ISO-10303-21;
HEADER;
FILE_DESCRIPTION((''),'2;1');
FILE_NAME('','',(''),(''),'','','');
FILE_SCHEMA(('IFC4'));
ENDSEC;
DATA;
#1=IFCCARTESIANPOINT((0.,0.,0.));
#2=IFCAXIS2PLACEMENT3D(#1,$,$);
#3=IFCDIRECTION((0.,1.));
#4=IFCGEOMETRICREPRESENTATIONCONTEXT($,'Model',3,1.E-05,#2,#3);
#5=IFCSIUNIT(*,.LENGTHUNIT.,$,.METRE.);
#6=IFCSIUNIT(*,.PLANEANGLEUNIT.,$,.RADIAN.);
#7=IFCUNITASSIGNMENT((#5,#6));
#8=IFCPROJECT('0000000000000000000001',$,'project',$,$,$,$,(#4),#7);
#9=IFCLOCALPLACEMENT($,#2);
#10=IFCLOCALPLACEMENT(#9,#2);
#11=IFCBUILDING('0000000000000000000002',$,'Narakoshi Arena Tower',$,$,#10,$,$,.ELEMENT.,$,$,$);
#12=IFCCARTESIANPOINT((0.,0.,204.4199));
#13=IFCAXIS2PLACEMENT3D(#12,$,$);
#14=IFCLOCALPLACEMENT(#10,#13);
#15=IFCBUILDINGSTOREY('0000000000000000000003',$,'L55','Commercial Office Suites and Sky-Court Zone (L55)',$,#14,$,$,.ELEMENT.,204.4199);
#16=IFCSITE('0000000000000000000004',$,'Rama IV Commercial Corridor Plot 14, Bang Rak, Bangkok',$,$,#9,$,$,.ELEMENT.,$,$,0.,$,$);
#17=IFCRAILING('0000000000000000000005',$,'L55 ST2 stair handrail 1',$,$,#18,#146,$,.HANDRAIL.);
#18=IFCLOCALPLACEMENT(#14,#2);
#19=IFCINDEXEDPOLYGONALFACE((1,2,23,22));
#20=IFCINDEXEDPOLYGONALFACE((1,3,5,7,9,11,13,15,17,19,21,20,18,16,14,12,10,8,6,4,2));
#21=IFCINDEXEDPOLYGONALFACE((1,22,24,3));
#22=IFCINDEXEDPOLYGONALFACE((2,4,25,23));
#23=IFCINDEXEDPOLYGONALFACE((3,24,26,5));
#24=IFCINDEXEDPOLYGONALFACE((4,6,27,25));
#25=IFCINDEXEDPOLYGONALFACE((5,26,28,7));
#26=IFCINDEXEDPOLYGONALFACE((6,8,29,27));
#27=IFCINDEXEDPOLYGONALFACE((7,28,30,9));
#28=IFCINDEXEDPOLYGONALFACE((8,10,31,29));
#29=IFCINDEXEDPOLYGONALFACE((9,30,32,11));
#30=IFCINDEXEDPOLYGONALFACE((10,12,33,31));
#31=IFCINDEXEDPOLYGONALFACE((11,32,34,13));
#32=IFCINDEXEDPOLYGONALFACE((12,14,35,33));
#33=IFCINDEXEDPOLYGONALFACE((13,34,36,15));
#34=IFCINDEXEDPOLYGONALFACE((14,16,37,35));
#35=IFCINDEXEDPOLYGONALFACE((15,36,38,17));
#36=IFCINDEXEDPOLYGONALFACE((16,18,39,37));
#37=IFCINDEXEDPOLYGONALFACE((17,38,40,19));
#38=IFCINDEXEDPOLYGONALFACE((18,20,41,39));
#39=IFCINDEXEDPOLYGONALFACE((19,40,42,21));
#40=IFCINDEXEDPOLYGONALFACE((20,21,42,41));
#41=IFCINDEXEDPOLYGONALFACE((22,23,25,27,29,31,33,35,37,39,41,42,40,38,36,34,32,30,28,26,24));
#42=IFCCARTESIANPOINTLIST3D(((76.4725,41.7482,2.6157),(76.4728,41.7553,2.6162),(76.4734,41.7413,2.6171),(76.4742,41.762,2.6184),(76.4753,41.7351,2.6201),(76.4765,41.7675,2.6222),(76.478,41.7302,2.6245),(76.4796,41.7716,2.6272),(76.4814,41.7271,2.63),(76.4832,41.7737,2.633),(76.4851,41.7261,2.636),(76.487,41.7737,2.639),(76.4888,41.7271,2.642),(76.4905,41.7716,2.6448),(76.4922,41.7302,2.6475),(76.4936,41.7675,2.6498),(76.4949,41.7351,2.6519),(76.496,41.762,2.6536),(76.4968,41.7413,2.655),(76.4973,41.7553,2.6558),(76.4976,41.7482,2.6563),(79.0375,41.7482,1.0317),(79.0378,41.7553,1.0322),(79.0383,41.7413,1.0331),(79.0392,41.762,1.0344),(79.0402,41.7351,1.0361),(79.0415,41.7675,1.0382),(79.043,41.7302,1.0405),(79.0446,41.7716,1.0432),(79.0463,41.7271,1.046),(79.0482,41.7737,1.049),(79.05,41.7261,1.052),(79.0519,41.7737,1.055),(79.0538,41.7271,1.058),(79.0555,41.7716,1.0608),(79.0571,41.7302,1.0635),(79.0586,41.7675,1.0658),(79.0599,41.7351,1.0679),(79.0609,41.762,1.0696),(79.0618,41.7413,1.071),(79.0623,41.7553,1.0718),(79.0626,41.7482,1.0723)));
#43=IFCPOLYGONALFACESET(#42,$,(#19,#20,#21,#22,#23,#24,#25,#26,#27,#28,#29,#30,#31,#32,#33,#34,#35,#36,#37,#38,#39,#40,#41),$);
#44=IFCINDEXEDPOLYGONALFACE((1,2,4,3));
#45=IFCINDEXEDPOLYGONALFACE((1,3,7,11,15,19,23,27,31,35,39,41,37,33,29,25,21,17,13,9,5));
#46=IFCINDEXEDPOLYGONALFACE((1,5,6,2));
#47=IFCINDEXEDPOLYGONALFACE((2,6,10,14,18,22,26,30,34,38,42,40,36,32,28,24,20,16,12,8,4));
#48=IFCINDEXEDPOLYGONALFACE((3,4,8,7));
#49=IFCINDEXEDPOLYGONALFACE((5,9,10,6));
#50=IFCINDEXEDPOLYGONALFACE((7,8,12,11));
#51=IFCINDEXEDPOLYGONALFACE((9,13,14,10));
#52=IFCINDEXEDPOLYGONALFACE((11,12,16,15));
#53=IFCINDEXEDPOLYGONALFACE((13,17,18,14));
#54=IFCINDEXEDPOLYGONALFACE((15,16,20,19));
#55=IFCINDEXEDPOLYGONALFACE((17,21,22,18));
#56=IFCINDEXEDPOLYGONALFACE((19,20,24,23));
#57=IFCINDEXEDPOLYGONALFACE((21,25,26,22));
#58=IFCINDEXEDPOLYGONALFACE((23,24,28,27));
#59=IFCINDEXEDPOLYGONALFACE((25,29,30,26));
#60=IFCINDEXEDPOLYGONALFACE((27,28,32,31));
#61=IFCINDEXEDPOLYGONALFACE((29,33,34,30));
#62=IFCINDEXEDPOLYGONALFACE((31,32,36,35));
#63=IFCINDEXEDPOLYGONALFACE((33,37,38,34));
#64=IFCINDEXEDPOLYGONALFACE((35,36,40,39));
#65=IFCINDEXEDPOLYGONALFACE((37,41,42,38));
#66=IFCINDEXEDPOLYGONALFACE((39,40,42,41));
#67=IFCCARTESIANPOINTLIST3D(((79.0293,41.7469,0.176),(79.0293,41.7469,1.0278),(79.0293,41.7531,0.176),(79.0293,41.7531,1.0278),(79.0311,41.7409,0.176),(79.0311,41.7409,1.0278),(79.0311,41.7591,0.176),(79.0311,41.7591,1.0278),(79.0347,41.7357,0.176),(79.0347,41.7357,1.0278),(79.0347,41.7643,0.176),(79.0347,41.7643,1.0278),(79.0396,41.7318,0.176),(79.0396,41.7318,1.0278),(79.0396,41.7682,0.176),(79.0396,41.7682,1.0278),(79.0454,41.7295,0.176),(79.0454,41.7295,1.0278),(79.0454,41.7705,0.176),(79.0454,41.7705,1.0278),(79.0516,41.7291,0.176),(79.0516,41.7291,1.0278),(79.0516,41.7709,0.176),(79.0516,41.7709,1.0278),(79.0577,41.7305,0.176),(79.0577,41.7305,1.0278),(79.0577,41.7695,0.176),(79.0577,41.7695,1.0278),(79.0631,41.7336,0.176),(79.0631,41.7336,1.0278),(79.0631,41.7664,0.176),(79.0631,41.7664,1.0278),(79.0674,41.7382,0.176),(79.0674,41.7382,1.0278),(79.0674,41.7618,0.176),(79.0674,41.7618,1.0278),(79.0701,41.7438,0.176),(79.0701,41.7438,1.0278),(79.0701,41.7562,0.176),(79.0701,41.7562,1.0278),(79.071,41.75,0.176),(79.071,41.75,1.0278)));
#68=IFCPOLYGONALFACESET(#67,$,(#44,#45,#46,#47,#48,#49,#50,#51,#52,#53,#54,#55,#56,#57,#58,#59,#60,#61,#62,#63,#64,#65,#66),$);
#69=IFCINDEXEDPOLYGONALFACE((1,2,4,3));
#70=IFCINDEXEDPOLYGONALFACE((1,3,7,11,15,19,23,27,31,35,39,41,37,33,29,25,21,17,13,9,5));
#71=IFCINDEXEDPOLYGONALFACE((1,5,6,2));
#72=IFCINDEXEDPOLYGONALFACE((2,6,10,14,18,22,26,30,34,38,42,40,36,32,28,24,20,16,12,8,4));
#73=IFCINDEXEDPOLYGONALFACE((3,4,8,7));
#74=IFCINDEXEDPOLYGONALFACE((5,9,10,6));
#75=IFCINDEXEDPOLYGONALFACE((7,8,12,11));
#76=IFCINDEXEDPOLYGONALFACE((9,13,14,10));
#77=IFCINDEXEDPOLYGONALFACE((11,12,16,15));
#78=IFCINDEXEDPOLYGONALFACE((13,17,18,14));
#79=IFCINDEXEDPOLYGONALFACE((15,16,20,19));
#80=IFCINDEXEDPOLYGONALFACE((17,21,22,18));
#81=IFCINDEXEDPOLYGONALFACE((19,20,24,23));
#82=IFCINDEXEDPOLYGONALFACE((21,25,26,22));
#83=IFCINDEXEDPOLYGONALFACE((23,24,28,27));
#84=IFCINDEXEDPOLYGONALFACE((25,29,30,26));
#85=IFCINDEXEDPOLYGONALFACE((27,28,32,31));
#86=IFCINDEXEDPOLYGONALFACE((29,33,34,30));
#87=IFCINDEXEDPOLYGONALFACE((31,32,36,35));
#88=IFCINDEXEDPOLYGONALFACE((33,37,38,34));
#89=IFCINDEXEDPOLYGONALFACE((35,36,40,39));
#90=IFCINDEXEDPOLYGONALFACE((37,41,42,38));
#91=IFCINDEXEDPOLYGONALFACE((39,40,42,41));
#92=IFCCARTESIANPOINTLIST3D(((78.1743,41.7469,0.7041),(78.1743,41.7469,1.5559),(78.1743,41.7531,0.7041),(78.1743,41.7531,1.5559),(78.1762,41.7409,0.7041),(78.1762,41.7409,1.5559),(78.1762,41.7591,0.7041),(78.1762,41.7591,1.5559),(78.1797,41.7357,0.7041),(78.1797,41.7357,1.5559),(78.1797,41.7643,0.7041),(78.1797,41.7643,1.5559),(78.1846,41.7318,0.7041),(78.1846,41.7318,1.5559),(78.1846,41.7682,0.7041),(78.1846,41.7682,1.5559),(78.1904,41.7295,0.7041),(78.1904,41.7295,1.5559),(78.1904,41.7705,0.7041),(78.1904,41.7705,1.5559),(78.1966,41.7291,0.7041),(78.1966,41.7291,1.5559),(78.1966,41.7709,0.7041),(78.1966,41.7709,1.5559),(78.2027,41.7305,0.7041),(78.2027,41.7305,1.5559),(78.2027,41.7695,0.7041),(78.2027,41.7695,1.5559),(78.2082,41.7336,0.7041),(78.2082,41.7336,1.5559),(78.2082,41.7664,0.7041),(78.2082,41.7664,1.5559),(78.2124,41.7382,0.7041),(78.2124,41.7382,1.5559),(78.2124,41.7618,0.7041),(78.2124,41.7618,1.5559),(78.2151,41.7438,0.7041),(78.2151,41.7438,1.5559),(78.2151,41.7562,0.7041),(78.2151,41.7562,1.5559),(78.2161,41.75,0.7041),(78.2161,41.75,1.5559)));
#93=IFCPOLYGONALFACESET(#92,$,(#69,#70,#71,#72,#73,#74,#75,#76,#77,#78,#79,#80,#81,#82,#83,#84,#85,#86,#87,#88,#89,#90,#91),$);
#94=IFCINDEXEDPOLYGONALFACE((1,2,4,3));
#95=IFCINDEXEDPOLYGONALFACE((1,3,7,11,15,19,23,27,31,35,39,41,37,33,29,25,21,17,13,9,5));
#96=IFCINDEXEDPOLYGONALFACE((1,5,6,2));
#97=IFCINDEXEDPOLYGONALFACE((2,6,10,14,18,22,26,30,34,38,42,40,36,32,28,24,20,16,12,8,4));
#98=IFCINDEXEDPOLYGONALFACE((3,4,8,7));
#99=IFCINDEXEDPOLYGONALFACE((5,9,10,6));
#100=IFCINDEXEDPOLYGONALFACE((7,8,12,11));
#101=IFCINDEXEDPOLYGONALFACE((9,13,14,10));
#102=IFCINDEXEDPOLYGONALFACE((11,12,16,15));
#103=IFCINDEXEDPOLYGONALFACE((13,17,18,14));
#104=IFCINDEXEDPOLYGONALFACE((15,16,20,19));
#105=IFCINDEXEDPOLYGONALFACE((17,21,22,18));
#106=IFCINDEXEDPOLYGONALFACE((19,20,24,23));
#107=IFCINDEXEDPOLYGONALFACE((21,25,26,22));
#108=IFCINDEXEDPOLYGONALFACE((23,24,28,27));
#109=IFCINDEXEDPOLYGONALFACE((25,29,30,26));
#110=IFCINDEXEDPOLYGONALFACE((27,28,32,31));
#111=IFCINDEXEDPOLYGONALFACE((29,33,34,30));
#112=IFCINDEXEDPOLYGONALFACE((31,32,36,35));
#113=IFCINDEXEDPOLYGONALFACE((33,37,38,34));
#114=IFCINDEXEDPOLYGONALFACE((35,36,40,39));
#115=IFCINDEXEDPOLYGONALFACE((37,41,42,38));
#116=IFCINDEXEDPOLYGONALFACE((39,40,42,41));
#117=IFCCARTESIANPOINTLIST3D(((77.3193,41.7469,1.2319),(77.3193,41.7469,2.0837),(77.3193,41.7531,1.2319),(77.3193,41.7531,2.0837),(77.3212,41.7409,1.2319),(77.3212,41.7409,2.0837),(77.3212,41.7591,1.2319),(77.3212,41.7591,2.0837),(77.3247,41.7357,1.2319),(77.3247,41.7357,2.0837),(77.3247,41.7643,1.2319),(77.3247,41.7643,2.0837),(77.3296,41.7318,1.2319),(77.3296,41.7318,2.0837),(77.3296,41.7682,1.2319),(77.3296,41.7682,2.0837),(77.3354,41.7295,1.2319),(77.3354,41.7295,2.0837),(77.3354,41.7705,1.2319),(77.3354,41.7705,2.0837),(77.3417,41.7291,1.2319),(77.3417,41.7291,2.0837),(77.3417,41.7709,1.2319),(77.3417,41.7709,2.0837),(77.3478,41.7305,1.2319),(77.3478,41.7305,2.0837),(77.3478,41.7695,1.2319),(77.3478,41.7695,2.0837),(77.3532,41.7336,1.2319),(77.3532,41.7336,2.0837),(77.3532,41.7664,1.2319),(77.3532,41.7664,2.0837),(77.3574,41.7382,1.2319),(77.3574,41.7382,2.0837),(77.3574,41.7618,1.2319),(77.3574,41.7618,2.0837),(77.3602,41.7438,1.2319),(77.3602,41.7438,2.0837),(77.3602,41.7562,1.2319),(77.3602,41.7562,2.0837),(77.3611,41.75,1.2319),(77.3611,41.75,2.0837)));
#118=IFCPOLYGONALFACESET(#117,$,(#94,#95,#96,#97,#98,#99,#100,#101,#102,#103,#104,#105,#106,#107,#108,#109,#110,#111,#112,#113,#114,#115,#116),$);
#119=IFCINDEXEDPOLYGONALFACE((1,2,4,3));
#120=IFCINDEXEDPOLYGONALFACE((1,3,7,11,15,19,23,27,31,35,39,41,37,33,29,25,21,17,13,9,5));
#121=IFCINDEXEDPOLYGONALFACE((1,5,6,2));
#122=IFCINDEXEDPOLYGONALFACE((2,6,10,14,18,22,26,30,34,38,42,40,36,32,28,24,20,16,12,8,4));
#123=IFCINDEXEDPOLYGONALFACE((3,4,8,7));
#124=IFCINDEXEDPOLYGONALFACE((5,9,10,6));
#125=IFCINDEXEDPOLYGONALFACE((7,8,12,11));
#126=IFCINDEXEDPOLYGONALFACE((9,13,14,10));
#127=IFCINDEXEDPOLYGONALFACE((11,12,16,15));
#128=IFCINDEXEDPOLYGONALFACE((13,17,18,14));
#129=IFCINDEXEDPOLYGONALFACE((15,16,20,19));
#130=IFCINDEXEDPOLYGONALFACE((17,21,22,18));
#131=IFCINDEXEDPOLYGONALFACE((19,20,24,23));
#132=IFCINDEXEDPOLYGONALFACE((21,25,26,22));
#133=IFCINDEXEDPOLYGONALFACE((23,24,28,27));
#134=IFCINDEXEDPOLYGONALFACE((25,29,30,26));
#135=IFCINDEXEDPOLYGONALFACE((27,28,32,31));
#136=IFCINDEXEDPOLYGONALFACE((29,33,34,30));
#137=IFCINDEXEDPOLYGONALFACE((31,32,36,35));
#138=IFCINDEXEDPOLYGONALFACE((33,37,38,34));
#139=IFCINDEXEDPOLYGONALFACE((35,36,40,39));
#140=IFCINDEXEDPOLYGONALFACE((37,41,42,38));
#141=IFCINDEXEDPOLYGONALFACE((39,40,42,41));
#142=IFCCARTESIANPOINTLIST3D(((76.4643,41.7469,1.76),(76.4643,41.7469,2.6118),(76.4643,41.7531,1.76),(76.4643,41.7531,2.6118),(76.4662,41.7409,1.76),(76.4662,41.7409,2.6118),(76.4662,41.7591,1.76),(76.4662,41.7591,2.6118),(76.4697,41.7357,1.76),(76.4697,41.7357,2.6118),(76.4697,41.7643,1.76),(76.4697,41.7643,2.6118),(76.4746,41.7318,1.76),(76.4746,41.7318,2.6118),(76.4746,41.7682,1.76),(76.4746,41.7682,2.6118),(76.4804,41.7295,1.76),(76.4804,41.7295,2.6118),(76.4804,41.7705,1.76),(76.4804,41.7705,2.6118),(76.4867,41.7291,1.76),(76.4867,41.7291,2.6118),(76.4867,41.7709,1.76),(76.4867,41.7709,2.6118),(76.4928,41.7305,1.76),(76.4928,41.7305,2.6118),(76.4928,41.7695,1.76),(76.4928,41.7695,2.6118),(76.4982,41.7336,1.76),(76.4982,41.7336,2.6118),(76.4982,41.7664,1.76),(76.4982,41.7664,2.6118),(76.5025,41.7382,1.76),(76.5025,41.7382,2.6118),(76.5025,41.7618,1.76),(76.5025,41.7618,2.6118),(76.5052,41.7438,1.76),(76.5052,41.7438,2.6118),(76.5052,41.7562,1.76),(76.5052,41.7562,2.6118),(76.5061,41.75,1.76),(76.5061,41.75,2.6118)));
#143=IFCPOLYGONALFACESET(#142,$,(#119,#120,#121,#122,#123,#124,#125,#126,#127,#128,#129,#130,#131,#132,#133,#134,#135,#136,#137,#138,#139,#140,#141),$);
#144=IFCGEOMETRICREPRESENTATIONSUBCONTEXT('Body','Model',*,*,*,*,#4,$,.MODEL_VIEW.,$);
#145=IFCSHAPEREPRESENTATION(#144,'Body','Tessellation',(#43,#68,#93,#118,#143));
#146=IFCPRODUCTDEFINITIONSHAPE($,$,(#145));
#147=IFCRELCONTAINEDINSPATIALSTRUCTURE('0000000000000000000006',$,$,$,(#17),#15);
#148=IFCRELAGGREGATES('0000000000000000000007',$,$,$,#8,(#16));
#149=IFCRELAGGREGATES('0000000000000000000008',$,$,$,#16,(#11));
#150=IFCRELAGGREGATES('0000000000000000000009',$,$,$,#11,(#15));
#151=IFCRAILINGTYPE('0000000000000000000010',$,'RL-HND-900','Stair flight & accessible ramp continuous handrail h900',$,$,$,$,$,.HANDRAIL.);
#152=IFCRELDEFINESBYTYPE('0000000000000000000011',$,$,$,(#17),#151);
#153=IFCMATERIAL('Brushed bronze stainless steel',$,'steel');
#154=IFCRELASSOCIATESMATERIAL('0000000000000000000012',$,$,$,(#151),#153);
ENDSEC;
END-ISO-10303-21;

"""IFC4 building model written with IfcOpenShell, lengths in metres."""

from ifc_helpers import new_model, si_unit, direction, frame, origin, origin_2d, place, context, subcontext, project, spatial, circle, extrude, material, type_object, element, save


model = new_model("IFC4")

# Units and contexts
model_context = context("Model", 3, precision=1e-05, world=origin(), true_north=direction((0.0, 1.0)))
body_context = subcontext(model_context, "Body", "Model", "MODEL_VIEW")
ifc_project = project(units=[si_unit("LENGTHUNIT", "METRE"), si_unit("PLANEANGLEUNIT", "RADIAN")], contexts=[model_context])

# Site, building, storey
site_placement = place(None, origin())
site = spatial("IfcSite", under=ifc_project, at=site_placement, Name="Rama IV Commercial Corridor Plot 14, Bang Rak, Bangkok", CompositionType="ELEMENT", RefElevation=0.0)
building_placement = place(site_placement, origin())
building = spatial("IfcBuilding", under=site, at=building_placement, Name="Narakoshi Arena Tower", CompositionType="ELEMENT")
storey_placement = place(building_placement, frame((0.0, 0.0, 204.4199)))
storey = spatial("IfcBuildingStorey", under=building, at=storey_placement, Name="L55", Description="Commercial Office Suites and Sky-Court Zone (L55)", CompositionType="ELEMENT", Elevation=204.4199)

# Railing
ifc_material_1 = material(Name="Brushed bronze stainless steel", Category="steel")
railing_type = type_object("IfcRailingType", Name="RL-HND-900", Description="Stair flight & accessible ramp continuous handrail h900", PredefinedType="HANDRAIL", material=ifc_material_1)
railing_placement = place(storey_placement, frame((79.05, 41.75, 0.176)))
element("IfcRailing", 1, at=railing_placement, inside=storey, type_object=railing_type, Name="L55 ST2 stair handrail 1", PredefinedType="HANDRAIL", context=body_context, shape_type="SweptSolid", body=[
    extrude(circle(Radius=0.0239, at=origin_2d()), frame((0.0, 0.0, 0.876), z_axis=(-0.850834, 0.0, 0.525434), x_axis=(0.0, -1.0, 0.0)), (0.0, 0.0, 1.0), 3.0146),
    extrude(circle(Radius=0.021, at=origin_2d()), origin(), (0.0, 0.0, 1.0), 0.8518),
    extrude(circle(Radius=0.021, at=origin_2d()), frame((-0.855, 0.0, 0.5281)), (0.0, 0.0, 1.0), 0.8518),
    extrude(circle(Radius=0.021, at=origin_2d()), frame((-1.71, 0.0, 1.0559)), (0.0, 0.0, 1.0), 0.8518),
    extrude(circle(Radius=0.021, at=origin_2d()), frame((-2.5649, 0.0, 1.584)), (0.0, 0.0, 1.0), 0.8518),
])

save(model, "model.ifc")
